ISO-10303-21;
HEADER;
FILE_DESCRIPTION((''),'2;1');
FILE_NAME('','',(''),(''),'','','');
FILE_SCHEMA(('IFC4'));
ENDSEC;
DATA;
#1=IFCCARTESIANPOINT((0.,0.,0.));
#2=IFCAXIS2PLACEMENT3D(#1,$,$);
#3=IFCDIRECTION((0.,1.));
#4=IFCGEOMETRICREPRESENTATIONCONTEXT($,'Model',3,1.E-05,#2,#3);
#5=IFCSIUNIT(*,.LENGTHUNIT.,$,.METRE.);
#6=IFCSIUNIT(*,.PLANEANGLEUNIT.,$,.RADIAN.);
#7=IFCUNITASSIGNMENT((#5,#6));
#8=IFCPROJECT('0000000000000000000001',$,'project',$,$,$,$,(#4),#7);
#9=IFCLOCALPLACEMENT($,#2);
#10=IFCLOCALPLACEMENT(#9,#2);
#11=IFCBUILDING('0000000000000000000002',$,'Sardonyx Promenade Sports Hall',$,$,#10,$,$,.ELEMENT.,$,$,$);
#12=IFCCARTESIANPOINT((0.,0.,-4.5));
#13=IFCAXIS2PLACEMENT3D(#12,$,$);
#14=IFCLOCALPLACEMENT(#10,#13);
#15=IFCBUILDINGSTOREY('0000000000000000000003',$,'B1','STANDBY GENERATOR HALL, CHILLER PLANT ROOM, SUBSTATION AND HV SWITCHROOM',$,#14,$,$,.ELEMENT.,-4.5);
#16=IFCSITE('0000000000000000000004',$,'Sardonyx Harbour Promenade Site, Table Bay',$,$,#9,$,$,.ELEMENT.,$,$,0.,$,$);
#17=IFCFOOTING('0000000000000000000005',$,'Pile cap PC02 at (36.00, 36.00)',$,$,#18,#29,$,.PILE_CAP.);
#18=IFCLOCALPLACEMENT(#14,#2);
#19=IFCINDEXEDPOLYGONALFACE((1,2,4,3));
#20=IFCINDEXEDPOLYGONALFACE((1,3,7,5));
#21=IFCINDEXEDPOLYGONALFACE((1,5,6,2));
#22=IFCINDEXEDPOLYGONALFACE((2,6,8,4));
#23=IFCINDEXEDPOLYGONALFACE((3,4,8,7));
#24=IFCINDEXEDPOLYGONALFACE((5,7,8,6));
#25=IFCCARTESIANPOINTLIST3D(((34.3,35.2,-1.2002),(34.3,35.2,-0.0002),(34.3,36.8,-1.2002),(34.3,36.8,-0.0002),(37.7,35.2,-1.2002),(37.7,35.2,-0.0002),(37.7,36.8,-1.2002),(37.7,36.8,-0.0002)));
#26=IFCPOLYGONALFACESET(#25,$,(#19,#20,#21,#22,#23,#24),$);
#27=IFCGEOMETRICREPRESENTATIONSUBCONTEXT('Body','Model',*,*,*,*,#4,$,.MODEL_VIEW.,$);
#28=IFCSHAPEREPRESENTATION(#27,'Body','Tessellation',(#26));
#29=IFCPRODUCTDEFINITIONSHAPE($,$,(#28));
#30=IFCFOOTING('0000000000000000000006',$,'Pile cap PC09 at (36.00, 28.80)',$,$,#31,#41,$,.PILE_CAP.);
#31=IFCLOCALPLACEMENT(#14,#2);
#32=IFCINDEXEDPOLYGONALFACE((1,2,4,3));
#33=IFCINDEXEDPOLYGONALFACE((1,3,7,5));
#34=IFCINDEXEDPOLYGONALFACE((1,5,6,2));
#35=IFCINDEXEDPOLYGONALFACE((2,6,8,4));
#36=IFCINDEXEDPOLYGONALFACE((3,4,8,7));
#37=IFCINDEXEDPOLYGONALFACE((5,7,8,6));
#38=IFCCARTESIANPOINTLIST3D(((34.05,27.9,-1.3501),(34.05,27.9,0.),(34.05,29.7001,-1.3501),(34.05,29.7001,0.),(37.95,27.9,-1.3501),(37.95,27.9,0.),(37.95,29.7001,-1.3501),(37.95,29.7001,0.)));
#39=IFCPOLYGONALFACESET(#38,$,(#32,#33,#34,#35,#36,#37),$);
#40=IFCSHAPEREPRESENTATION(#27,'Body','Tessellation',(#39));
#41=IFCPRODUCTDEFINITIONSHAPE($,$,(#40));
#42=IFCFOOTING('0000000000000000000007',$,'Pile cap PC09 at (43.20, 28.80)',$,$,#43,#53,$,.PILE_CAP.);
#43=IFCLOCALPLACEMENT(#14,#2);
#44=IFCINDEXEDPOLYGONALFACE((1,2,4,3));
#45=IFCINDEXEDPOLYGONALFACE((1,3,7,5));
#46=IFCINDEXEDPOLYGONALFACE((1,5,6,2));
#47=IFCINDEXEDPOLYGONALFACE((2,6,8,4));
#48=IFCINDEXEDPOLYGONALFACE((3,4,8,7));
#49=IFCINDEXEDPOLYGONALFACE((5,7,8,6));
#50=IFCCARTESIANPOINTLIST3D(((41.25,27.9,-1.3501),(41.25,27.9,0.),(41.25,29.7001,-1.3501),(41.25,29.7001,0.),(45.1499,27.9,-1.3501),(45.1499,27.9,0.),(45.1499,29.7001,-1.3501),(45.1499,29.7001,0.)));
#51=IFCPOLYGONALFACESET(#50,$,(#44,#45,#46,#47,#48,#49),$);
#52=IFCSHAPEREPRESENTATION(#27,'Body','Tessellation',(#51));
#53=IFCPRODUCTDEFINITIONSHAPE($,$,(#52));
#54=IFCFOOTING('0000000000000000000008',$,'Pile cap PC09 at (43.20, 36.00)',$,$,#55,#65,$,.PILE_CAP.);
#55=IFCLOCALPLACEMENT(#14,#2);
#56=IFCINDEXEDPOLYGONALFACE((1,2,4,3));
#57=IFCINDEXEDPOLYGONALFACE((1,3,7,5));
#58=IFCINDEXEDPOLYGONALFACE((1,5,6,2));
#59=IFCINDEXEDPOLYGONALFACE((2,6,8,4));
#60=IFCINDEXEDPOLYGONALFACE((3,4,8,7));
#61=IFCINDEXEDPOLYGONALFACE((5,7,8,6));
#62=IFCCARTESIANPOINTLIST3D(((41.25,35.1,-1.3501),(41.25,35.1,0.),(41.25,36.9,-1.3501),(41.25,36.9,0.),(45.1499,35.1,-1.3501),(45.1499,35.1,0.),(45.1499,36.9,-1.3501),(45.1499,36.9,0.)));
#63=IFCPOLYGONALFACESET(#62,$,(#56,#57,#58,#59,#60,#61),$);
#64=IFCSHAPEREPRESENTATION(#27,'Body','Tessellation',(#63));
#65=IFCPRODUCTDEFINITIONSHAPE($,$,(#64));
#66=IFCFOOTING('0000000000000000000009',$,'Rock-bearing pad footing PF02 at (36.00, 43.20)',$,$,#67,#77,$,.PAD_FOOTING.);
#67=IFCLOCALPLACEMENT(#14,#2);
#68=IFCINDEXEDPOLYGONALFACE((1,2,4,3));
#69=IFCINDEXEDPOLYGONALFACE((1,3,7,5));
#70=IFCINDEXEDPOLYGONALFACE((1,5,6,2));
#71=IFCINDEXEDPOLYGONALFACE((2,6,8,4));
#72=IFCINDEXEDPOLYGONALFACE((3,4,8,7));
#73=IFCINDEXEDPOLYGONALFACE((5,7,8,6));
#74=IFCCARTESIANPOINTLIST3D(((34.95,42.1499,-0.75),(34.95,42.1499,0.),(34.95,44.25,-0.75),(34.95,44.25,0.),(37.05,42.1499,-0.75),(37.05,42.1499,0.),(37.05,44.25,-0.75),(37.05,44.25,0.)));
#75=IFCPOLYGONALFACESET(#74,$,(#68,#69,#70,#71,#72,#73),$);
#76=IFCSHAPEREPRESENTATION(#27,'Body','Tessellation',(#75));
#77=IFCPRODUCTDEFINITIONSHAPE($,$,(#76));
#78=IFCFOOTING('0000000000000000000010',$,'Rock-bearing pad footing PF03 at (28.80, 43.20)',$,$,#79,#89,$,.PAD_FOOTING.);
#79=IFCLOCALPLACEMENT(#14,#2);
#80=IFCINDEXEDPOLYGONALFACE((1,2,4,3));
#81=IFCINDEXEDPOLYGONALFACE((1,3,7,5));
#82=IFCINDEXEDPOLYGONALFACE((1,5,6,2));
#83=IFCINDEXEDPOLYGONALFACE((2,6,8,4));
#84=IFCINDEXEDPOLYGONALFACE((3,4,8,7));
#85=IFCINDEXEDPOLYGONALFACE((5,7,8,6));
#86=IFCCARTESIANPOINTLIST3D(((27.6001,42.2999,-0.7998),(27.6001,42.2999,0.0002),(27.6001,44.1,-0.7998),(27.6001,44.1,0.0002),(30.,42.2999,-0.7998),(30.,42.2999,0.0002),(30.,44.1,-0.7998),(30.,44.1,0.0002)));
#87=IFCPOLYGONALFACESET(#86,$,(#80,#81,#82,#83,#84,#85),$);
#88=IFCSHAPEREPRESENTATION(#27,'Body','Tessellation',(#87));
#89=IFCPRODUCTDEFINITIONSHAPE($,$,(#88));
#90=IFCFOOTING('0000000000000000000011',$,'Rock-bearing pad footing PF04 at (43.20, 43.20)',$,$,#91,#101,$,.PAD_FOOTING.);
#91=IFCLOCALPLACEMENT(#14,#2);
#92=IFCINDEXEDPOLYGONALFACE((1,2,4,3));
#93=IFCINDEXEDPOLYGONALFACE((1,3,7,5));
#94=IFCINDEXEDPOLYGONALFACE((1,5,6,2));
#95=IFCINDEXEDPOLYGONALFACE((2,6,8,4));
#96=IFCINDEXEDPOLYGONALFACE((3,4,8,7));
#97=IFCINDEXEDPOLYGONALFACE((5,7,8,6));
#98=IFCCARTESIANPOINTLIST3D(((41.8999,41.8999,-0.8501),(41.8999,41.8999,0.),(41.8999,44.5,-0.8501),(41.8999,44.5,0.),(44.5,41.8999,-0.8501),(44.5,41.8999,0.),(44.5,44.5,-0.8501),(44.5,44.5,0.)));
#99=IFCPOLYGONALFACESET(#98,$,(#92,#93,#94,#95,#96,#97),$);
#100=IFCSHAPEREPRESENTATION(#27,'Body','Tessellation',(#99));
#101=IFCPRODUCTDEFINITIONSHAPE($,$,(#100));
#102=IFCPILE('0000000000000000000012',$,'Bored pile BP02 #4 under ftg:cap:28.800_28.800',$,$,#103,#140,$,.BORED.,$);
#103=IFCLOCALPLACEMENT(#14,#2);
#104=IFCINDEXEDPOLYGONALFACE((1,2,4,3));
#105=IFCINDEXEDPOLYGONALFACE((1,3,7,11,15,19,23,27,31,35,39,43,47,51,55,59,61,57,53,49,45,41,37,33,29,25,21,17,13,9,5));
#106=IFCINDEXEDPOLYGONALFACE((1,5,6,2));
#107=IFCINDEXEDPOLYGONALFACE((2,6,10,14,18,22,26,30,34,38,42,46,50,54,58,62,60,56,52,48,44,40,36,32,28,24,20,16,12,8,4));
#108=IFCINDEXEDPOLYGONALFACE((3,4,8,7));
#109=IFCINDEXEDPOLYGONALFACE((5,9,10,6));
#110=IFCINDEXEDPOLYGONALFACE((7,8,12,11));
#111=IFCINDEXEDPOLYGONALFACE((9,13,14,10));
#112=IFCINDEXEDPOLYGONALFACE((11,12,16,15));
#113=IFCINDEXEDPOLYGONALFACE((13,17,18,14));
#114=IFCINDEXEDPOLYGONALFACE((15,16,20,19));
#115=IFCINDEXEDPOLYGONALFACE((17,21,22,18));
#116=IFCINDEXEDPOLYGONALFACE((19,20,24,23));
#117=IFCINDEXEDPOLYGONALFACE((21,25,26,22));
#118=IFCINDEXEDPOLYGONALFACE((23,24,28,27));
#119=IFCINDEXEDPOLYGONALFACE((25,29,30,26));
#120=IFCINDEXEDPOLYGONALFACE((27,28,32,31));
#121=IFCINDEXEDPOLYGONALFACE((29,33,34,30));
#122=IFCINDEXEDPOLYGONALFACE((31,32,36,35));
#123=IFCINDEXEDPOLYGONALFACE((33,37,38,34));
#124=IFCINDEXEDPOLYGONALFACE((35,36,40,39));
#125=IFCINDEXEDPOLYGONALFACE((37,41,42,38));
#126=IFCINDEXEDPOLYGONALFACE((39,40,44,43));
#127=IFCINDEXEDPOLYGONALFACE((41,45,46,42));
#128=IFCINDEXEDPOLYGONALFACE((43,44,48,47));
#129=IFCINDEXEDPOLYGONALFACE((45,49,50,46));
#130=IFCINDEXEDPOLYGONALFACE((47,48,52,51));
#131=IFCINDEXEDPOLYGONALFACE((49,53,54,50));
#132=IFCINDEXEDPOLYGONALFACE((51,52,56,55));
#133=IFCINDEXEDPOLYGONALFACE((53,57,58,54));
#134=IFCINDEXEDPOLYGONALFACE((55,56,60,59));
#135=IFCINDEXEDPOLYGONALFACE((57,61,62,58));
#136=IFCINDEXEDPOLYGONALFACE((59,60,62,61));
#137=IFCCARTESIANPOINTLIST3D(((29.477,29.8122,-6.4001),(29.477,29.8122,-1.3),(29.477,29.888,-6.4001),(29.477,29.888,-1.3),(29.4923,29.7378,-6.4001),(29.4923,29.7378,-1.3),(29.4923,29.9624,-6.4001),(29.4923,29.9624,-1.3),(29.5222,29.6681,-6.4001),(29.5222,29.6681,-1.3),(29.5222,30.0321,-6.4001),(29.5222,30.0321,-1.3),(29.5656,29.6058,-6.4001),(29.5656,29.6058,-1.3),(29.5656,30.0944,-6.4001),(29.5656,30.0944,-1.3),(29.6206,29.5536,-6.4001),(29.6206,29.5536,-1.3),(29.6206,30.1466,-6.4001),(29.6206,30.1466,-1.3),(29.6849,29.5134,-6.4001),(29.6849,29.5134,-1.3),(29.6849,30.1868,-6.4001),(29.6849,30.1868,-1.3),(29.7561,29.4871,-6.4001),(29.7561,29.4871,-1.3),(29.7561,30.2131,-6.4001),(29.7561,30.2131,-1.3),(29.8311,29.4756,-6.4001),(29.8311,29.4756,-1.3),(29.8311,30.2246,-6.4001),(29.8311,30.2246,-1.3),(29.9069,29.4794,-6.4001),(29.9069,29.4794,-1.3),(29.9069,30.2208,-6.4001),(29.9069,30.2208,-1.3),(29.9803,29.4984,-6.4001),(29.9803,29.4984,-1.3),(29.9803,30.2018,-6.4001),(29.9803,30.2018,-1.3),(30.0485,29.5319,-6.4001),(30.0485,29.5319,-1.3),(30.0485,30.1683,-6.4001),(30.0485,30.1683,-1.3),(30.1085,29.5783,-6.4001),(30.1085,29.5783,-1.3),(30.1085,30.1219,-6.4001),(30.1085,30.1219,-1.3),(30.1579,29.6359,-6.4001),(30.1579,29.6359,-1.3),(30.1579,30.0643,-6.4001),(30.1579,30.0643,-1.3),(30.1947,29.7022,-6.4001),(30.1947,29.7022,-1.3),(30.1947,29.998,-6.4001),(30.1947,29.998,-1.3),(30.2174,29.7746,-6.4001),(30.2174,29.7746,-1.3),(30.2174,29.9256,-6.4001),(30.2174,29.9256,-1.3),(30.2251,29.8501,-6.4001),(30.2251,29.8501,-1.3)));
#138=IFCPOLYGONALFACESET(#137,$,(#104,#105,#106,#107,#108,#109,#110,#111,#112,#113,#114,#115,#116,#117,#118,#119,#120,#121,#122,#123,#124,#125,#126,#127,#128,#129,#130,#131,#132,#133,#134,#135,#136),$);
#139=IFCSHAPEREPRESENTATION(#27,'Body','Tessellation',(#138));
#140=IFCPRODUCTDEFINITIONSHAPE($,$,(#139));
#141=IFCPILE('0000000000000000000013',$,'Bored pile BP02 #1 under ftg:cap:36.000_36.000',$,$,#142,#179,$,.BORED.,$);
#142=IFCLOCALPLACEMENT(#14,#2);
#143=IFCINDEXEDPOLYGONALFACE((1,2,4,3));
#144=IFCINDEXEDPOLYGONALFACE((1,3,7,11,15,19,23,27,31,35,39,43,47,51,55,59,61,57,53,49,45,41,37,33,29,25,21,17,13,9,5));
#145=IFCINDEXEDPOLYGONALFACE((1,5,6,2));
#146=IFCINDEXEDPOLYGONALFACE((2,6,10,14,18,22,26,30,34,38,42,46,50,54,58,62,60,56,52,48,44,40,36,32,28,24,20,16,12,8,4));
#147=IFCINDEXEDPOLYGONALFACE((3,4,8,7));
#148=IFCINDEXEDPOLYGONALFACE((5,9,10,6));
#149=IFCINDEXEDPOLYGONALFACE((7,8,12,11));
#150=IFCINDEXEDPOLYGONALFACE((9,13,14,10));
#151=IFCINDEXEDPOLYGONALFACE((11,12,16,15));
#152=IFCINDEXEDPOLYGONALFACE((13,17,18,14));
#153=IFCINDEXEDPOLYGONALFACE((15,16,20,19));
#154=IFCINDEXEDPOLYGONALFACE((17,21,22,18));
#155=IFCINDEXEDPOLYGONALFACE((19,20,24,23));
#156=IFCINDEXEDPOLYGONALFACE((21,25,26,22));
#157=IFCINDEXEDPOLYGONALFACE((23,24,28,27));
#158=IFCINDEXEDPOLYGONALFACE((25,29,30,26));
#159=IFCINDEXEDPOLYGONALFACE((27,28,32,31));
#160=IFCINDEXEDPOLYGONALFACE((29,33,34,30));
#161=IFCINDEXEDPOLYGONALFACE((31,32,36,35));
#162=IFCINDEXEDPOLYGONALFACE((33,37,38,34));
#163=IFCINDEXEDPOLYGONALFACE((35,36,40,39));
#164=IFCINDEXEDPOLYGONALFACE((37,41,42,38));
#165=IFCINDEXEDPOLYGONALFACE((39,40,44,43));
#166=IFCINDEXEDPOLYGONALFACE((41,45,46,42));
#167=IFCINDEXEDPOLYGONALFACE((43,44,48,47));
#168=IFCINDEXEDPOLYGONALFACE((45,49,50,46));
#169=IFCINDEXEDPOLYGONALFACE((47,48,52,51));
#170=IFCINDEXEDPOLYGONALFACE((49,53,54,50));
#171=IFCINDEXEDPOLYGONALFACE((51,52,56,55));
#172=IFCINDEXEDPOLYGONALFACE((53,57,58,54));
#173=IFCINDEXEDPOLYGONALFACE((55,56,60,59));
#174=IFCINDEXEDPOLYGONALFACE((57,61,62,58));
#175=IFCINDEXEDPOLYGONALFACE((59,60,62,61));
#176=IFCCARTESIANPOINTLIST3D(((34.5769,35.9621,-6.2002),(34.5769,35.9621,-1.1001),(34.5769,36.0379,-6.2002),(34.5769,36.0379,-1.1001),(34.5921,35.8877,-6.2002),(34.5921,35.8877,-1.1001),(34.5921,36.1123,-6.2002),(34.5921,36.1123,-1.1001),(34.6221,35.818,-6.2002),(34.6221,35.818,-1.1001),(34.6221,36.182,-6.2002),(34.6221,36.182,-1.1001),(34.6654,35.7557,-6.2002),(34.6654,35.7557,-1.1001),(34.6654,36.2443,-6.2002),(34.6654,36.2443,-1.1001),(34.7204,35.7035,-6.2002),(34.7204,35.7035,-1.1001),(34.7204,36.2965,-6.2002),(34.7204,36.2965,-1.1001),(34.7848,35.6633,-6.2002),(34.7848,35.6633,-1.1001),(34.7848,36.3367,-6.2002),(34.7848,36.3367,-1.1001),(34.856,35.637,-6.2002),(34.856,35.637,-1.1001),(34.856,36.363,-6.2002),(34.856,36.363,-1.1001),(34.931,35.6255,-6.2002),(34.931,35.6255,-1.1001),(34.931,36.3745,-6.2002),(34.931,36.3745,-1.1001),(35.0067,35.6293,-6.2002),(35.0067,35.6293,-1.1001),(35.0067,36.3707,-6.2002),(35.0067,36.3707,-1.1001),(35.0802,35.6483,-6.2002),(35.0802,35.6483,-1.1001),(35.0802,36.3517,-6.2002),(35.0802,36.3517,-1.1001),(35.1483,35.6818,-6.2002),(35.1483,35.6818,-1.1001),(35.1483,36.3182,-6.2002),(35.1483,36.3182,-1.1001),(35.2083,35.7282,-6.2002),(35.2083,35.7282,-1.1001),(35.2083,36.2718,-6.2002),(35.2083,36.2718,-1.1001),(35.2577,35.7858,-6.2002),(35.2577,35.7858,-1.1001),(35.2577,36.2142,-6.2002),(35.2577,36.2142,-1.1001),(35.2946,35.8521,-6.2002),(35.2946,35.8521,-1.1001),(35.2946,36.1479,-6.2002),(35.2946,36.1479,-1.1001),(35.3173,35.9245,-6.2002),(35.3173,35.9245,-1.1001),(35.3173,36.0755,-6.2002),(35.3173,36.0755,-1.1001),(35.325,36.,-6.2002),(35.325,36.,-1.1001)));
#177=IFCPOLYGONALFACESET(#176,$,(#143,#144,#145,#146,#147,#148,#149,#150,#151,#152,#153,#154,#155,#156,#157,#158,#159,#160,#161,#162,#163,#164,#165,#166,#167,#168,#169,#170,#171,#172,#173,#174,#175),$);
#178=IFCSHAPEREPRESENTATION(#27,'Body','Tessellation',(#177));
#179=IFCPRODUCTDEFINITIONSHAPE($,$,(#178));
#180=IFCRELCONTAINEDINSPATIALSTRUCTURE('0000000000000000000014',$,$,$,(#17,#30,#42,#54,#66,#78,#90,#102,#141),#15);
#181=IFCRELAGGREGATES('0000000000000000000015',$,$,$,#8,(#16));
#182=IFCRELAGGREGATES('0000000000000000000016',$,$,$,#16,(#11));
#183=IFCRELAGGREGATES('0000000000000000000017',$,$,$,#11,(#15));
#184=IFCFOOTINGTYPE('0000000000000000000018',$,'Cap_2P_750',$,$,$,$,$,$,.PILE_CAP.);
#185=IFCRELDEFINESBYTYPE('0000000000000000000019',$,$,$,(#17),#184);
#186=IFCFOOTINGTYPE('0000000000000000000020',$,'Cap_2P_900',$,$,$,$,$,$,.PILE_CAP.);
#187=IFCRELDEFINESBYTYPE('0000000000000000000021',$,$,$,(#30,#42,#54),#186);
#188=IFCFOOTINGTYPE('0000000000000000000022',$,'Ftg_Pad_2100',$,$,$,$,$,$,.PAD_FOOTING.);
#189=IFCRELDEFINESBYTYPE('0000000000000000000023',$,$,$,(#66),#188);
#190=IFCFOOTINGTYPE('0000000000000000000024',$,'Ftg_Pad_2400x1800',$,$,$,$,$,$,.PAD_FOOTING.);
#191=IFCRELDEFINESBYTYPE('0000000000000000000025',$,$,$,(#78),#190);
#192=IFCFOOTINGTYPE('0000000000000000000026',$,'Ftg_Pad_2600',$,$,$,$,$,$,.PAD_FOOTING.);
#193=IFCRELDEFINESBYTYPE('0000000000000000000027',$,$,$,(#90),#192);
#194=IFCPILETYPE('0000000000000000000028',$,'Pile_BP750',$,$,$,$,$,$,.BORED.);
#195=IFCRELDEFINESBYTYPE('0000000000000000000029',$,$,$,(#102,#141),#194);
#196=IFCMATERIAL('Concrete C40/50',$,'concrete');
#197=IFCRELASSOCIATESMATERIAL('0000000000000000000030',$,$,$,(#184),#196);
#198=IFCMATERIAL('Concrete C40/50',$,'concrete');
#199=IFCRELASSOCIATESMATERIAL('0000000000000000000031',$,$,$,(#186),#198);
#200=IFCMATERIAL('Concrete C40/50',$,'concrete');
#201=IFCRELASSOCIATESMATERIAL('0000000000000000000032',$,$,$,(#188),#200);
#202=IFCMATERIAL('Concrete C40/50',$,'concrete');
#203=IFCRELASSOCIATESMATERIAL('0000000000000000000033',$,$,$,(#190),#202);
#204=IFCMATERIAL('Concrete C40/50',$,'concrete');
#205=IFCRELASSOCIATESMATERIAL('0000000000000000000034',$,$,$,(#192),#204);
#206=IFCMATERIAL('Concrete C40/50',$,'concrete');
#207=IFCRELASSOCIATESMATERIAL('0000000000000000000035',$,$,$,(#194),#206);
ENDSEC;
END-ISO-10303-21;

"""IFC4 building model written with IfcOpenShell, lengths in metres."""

from ifc_helpers import new_model, si_unit, direction, frame, origin, origin_2d, place, context, subcontext, project, spatial, rectangle, circle, extrude, material, material_profile, profile_set, type_object, element, save


model = new_model("IFC4")

# Units and contexts
model_context = context("Model", 3, precision=1e-05, world=origin(), true_north=direction((0.0, 1.0)))
body_context = subcontext(model_context, "Body", "Model", "MODEL_VIEW")
ifc_project = project(units=[si_unit("LENGTHUNIT", "METRE"), si_unit("PLANEANGLEUNIT", "RADIAN")], contexts=[model_context])

# Site, building, storey
site_placement = place(None, origin())
site = spatial("IfcSite", under=ifc_project, at=site_placement, Name="Sardonyx Harbour Promenade Site, Table Bay", CompositionType="ELEMENT", RefElevation=0.0)
building_placement = place(site_placement, origin())
building = spatial("IfcBuilding", under=site, at=building_placement, Name="Sardonyx Promenade Sports Hall", CompositionType="ELEMENT")
storey_placement = place(building_placement, frame((0.0, 0.0, -4.5)))
storey = spatial("IfcBuildingStorey", under=building, at=storey_placement, Name="B1", Description="STANDBY GENERATOR HALL, CHILLER PLANT ROOM, SUBSTATION AND HV SWITCHROOM", CompositionType="ELEMENT", Elevation=-4.5)

# Footings
ifc_material_1 = material(Name="Concrete C40/50", Category="concrete")
footing_type_1 = type_object("IfcFootingType", Name="Cap_2P_750", PredefinedType="PILE_CAP", material=ifc_material_1)
footing_1_placement = place(storey_placement, frame((36.0, 36.0, -1.2002), z_axis=(0.0, 0.0, 1.0), x_axis=(1.0, 0.0, 0.0)))
element("IfcFooting", 1, at=footing_1_placement, inside=storey, type_object=footing_type_1, Name="Pile cap PC02 at (36.00, 36.00)", PredefinedType="PILE_CAP", context=body_context, shape_type="SweptSolid", body=[
    extrude(rectangle(XDim=3.3999, YDim=1.6001, at=origin_2d()), origin(), (0.0, 0.0, 1.0), 1.2),
])
ifc_material_2 = material(Name="Concrete C40/50", Category="concrete")
footing_type_2 = type_object("IfcFootingType", Name="Cap_2P_900", PredefinedType="PILE_CAP", material=ifc_material_2)
for number, where, z_axis, x_axis, name in (
    (2, (36.0, 28.8, -1.3501), (0.0, 0.0, 1.0), (1.0, 0.0, 0.0), "Pile cap PC09 at (36.00, 28.80)"),
    (3, (43.2, 28.8, -1.3501), (0.0, 0.0, 1.0), (1.0, 0.0, 0.0), "Pile cap PC09 at (43.20, 28.80)"),
    (4, (43.2, 36.0, -1.3501), (0.0, 0.0, 1.0), (1.0, 0.0, 0.0), "Pile cap PC09 at (43.20, 36.00)"),
):
    element("IfcFooting", number, at=place(storey_placement, frame(where, z_axis=z_axis, x_axis=x_axis)), inside=storey, type_object=footing_type_2, Name=name, PredefinedType="PILE_CAP", context=body_context, shape_type="SweptSolid", body=[
        extrude(rectangle(XDim=3.8999, YDim=1.8, at=origin_2d()), origin(), (0.0, 0.0, 1.0), 1.3501),
    ])
ifc_material_3 = material(Name="Concrete C40/50", Category="concrete")
footing_type_3 = type_object("IfcFootingType", Name="Ftg_Pad_2100", PredefinedType="PAD_FOOTING", material=ifc_material_3)
footing_2_placement = place(storey_placement, frame((36.0, 43.2, -0.75), z_axis=(0.0, 0.0, 1.0), x_axis=(1.0, 0.0, 0.0)))
element("IfcFooting", 5, at=footing_2_placement, inside=storey, type_object=footing_type_3, Name="Rock-bearing pad footing PF02 at (36.00, 43.20)", PredefinedType="PAD_FOOTING", context=body_context, shape_type="SweptSolid", body=[
    extrude(rectangle(XDim=2.1001, YDim=2.1001, at=origin_2d()), origin(), (0.0, 0.0, 1.0), 0.75),
])
ifc_material_4 = material(Name="Concrete C40/50", Category="concrete")
footing_type_4 = type_object("IfcFootingType", Name="Ftg_Pad_2400x1800", PredefinedType="PAD_FOOTING", material=ifc_material_4)
footing_3_placement = place(storey_placement, frame((28.8, 43.2, -0.7998), z_axis=(0.0, 0.0, 1.0), x_axis=(1.0, 0.0, 0.0)))
element("IfcFooting", 6, at=footing_3_placement, inside=storey, type_object=footing_type_4, Name="Rock-bearing pad footing PF03 at (28.80, 43.20)", PredefinedType="PAD_FOOTING", context=body_context, shape_type="SweptSolid", body=[
    extrude(rectangle(XDim=2.3999, YDim=1.8, at=origin_2d()), origin(), (0.0, 0.0, 1.0), 0.8),
])
ifc_material_5 = material(Name="Concrete C40/50", Category="concrete")
footing_type_5 = type_object("IfcFootingType", Name="Ftg_Pad_2600", PredefinedType="PAD_FOOTING", material=ifc_material_5)
footing_4_placement = place(storey_placement, frame((43.2, 43.2, -0.8501), z_axis=(0.0, 0.0, 1.0), x_axis=(1.0, 0.0, 0.0)))
element("IfcFooting", 7, at=footing_4_placement, inside=storey, type_object=footing_type_5, Name="Rock-bearing pad footing PF04 at (43.20, 43.20)", PredefinedType="PAD_FOOTING", context=body_context, shape_type="SweptSolid", body=[
    extrude(rectangle(XDim=2.6001, YDim=2.6001, at=origin_2d()), origin(), (0.0, 0.0, 1.0), 0.8501),
])

# Piles
ifc_material_6 = material(Name="Concrete C40/50", Category="concrete")
ifc_material_profile_1 = material_profile(ifc_material_6, circle(Radius=0.375, at=origin_2d()))
ifc_profile_set_1 = profile_set([ifc_material_profile_1], Name="Concrete C40/50")
pile_type_1 = type_object("IfcPileType", Name="Pile_BP750", PredefinedType="BORED", material=ifc_profile_set_1)
for number, where, z_axis, x_axis, name in (
    (8, (29.8501, 29.8501, -1.3), (0.0, 0.0, -1.0), (1.0, 0.0, 0.0), "Bored pile BP02 #4 under ftg:cap:28.800_28.800"),
    (9, (34.95, 36.0, -1.1001), (0.0, 0.0, -1.0), (1.0, 0.0, 0.0), "Bored pile BP02 #1 under ftg:cap:36.000_36.000"),
):
    element("IfcPile", number, at=place(storey_placement, frame(where, z_axis=z_axis, x_axis=x_axis)), inside=storey, type_object=pile_type_1, Name=name, PredefinedType="BORED", context=body_context, shape_type="SweptSolid", body=[
        extrude(circle(Radius=0.375, at=origin_2d()), origin(), (0.0, 0.0, 1.0), 5.1001),
    ])

save(model, "model.ifc")
